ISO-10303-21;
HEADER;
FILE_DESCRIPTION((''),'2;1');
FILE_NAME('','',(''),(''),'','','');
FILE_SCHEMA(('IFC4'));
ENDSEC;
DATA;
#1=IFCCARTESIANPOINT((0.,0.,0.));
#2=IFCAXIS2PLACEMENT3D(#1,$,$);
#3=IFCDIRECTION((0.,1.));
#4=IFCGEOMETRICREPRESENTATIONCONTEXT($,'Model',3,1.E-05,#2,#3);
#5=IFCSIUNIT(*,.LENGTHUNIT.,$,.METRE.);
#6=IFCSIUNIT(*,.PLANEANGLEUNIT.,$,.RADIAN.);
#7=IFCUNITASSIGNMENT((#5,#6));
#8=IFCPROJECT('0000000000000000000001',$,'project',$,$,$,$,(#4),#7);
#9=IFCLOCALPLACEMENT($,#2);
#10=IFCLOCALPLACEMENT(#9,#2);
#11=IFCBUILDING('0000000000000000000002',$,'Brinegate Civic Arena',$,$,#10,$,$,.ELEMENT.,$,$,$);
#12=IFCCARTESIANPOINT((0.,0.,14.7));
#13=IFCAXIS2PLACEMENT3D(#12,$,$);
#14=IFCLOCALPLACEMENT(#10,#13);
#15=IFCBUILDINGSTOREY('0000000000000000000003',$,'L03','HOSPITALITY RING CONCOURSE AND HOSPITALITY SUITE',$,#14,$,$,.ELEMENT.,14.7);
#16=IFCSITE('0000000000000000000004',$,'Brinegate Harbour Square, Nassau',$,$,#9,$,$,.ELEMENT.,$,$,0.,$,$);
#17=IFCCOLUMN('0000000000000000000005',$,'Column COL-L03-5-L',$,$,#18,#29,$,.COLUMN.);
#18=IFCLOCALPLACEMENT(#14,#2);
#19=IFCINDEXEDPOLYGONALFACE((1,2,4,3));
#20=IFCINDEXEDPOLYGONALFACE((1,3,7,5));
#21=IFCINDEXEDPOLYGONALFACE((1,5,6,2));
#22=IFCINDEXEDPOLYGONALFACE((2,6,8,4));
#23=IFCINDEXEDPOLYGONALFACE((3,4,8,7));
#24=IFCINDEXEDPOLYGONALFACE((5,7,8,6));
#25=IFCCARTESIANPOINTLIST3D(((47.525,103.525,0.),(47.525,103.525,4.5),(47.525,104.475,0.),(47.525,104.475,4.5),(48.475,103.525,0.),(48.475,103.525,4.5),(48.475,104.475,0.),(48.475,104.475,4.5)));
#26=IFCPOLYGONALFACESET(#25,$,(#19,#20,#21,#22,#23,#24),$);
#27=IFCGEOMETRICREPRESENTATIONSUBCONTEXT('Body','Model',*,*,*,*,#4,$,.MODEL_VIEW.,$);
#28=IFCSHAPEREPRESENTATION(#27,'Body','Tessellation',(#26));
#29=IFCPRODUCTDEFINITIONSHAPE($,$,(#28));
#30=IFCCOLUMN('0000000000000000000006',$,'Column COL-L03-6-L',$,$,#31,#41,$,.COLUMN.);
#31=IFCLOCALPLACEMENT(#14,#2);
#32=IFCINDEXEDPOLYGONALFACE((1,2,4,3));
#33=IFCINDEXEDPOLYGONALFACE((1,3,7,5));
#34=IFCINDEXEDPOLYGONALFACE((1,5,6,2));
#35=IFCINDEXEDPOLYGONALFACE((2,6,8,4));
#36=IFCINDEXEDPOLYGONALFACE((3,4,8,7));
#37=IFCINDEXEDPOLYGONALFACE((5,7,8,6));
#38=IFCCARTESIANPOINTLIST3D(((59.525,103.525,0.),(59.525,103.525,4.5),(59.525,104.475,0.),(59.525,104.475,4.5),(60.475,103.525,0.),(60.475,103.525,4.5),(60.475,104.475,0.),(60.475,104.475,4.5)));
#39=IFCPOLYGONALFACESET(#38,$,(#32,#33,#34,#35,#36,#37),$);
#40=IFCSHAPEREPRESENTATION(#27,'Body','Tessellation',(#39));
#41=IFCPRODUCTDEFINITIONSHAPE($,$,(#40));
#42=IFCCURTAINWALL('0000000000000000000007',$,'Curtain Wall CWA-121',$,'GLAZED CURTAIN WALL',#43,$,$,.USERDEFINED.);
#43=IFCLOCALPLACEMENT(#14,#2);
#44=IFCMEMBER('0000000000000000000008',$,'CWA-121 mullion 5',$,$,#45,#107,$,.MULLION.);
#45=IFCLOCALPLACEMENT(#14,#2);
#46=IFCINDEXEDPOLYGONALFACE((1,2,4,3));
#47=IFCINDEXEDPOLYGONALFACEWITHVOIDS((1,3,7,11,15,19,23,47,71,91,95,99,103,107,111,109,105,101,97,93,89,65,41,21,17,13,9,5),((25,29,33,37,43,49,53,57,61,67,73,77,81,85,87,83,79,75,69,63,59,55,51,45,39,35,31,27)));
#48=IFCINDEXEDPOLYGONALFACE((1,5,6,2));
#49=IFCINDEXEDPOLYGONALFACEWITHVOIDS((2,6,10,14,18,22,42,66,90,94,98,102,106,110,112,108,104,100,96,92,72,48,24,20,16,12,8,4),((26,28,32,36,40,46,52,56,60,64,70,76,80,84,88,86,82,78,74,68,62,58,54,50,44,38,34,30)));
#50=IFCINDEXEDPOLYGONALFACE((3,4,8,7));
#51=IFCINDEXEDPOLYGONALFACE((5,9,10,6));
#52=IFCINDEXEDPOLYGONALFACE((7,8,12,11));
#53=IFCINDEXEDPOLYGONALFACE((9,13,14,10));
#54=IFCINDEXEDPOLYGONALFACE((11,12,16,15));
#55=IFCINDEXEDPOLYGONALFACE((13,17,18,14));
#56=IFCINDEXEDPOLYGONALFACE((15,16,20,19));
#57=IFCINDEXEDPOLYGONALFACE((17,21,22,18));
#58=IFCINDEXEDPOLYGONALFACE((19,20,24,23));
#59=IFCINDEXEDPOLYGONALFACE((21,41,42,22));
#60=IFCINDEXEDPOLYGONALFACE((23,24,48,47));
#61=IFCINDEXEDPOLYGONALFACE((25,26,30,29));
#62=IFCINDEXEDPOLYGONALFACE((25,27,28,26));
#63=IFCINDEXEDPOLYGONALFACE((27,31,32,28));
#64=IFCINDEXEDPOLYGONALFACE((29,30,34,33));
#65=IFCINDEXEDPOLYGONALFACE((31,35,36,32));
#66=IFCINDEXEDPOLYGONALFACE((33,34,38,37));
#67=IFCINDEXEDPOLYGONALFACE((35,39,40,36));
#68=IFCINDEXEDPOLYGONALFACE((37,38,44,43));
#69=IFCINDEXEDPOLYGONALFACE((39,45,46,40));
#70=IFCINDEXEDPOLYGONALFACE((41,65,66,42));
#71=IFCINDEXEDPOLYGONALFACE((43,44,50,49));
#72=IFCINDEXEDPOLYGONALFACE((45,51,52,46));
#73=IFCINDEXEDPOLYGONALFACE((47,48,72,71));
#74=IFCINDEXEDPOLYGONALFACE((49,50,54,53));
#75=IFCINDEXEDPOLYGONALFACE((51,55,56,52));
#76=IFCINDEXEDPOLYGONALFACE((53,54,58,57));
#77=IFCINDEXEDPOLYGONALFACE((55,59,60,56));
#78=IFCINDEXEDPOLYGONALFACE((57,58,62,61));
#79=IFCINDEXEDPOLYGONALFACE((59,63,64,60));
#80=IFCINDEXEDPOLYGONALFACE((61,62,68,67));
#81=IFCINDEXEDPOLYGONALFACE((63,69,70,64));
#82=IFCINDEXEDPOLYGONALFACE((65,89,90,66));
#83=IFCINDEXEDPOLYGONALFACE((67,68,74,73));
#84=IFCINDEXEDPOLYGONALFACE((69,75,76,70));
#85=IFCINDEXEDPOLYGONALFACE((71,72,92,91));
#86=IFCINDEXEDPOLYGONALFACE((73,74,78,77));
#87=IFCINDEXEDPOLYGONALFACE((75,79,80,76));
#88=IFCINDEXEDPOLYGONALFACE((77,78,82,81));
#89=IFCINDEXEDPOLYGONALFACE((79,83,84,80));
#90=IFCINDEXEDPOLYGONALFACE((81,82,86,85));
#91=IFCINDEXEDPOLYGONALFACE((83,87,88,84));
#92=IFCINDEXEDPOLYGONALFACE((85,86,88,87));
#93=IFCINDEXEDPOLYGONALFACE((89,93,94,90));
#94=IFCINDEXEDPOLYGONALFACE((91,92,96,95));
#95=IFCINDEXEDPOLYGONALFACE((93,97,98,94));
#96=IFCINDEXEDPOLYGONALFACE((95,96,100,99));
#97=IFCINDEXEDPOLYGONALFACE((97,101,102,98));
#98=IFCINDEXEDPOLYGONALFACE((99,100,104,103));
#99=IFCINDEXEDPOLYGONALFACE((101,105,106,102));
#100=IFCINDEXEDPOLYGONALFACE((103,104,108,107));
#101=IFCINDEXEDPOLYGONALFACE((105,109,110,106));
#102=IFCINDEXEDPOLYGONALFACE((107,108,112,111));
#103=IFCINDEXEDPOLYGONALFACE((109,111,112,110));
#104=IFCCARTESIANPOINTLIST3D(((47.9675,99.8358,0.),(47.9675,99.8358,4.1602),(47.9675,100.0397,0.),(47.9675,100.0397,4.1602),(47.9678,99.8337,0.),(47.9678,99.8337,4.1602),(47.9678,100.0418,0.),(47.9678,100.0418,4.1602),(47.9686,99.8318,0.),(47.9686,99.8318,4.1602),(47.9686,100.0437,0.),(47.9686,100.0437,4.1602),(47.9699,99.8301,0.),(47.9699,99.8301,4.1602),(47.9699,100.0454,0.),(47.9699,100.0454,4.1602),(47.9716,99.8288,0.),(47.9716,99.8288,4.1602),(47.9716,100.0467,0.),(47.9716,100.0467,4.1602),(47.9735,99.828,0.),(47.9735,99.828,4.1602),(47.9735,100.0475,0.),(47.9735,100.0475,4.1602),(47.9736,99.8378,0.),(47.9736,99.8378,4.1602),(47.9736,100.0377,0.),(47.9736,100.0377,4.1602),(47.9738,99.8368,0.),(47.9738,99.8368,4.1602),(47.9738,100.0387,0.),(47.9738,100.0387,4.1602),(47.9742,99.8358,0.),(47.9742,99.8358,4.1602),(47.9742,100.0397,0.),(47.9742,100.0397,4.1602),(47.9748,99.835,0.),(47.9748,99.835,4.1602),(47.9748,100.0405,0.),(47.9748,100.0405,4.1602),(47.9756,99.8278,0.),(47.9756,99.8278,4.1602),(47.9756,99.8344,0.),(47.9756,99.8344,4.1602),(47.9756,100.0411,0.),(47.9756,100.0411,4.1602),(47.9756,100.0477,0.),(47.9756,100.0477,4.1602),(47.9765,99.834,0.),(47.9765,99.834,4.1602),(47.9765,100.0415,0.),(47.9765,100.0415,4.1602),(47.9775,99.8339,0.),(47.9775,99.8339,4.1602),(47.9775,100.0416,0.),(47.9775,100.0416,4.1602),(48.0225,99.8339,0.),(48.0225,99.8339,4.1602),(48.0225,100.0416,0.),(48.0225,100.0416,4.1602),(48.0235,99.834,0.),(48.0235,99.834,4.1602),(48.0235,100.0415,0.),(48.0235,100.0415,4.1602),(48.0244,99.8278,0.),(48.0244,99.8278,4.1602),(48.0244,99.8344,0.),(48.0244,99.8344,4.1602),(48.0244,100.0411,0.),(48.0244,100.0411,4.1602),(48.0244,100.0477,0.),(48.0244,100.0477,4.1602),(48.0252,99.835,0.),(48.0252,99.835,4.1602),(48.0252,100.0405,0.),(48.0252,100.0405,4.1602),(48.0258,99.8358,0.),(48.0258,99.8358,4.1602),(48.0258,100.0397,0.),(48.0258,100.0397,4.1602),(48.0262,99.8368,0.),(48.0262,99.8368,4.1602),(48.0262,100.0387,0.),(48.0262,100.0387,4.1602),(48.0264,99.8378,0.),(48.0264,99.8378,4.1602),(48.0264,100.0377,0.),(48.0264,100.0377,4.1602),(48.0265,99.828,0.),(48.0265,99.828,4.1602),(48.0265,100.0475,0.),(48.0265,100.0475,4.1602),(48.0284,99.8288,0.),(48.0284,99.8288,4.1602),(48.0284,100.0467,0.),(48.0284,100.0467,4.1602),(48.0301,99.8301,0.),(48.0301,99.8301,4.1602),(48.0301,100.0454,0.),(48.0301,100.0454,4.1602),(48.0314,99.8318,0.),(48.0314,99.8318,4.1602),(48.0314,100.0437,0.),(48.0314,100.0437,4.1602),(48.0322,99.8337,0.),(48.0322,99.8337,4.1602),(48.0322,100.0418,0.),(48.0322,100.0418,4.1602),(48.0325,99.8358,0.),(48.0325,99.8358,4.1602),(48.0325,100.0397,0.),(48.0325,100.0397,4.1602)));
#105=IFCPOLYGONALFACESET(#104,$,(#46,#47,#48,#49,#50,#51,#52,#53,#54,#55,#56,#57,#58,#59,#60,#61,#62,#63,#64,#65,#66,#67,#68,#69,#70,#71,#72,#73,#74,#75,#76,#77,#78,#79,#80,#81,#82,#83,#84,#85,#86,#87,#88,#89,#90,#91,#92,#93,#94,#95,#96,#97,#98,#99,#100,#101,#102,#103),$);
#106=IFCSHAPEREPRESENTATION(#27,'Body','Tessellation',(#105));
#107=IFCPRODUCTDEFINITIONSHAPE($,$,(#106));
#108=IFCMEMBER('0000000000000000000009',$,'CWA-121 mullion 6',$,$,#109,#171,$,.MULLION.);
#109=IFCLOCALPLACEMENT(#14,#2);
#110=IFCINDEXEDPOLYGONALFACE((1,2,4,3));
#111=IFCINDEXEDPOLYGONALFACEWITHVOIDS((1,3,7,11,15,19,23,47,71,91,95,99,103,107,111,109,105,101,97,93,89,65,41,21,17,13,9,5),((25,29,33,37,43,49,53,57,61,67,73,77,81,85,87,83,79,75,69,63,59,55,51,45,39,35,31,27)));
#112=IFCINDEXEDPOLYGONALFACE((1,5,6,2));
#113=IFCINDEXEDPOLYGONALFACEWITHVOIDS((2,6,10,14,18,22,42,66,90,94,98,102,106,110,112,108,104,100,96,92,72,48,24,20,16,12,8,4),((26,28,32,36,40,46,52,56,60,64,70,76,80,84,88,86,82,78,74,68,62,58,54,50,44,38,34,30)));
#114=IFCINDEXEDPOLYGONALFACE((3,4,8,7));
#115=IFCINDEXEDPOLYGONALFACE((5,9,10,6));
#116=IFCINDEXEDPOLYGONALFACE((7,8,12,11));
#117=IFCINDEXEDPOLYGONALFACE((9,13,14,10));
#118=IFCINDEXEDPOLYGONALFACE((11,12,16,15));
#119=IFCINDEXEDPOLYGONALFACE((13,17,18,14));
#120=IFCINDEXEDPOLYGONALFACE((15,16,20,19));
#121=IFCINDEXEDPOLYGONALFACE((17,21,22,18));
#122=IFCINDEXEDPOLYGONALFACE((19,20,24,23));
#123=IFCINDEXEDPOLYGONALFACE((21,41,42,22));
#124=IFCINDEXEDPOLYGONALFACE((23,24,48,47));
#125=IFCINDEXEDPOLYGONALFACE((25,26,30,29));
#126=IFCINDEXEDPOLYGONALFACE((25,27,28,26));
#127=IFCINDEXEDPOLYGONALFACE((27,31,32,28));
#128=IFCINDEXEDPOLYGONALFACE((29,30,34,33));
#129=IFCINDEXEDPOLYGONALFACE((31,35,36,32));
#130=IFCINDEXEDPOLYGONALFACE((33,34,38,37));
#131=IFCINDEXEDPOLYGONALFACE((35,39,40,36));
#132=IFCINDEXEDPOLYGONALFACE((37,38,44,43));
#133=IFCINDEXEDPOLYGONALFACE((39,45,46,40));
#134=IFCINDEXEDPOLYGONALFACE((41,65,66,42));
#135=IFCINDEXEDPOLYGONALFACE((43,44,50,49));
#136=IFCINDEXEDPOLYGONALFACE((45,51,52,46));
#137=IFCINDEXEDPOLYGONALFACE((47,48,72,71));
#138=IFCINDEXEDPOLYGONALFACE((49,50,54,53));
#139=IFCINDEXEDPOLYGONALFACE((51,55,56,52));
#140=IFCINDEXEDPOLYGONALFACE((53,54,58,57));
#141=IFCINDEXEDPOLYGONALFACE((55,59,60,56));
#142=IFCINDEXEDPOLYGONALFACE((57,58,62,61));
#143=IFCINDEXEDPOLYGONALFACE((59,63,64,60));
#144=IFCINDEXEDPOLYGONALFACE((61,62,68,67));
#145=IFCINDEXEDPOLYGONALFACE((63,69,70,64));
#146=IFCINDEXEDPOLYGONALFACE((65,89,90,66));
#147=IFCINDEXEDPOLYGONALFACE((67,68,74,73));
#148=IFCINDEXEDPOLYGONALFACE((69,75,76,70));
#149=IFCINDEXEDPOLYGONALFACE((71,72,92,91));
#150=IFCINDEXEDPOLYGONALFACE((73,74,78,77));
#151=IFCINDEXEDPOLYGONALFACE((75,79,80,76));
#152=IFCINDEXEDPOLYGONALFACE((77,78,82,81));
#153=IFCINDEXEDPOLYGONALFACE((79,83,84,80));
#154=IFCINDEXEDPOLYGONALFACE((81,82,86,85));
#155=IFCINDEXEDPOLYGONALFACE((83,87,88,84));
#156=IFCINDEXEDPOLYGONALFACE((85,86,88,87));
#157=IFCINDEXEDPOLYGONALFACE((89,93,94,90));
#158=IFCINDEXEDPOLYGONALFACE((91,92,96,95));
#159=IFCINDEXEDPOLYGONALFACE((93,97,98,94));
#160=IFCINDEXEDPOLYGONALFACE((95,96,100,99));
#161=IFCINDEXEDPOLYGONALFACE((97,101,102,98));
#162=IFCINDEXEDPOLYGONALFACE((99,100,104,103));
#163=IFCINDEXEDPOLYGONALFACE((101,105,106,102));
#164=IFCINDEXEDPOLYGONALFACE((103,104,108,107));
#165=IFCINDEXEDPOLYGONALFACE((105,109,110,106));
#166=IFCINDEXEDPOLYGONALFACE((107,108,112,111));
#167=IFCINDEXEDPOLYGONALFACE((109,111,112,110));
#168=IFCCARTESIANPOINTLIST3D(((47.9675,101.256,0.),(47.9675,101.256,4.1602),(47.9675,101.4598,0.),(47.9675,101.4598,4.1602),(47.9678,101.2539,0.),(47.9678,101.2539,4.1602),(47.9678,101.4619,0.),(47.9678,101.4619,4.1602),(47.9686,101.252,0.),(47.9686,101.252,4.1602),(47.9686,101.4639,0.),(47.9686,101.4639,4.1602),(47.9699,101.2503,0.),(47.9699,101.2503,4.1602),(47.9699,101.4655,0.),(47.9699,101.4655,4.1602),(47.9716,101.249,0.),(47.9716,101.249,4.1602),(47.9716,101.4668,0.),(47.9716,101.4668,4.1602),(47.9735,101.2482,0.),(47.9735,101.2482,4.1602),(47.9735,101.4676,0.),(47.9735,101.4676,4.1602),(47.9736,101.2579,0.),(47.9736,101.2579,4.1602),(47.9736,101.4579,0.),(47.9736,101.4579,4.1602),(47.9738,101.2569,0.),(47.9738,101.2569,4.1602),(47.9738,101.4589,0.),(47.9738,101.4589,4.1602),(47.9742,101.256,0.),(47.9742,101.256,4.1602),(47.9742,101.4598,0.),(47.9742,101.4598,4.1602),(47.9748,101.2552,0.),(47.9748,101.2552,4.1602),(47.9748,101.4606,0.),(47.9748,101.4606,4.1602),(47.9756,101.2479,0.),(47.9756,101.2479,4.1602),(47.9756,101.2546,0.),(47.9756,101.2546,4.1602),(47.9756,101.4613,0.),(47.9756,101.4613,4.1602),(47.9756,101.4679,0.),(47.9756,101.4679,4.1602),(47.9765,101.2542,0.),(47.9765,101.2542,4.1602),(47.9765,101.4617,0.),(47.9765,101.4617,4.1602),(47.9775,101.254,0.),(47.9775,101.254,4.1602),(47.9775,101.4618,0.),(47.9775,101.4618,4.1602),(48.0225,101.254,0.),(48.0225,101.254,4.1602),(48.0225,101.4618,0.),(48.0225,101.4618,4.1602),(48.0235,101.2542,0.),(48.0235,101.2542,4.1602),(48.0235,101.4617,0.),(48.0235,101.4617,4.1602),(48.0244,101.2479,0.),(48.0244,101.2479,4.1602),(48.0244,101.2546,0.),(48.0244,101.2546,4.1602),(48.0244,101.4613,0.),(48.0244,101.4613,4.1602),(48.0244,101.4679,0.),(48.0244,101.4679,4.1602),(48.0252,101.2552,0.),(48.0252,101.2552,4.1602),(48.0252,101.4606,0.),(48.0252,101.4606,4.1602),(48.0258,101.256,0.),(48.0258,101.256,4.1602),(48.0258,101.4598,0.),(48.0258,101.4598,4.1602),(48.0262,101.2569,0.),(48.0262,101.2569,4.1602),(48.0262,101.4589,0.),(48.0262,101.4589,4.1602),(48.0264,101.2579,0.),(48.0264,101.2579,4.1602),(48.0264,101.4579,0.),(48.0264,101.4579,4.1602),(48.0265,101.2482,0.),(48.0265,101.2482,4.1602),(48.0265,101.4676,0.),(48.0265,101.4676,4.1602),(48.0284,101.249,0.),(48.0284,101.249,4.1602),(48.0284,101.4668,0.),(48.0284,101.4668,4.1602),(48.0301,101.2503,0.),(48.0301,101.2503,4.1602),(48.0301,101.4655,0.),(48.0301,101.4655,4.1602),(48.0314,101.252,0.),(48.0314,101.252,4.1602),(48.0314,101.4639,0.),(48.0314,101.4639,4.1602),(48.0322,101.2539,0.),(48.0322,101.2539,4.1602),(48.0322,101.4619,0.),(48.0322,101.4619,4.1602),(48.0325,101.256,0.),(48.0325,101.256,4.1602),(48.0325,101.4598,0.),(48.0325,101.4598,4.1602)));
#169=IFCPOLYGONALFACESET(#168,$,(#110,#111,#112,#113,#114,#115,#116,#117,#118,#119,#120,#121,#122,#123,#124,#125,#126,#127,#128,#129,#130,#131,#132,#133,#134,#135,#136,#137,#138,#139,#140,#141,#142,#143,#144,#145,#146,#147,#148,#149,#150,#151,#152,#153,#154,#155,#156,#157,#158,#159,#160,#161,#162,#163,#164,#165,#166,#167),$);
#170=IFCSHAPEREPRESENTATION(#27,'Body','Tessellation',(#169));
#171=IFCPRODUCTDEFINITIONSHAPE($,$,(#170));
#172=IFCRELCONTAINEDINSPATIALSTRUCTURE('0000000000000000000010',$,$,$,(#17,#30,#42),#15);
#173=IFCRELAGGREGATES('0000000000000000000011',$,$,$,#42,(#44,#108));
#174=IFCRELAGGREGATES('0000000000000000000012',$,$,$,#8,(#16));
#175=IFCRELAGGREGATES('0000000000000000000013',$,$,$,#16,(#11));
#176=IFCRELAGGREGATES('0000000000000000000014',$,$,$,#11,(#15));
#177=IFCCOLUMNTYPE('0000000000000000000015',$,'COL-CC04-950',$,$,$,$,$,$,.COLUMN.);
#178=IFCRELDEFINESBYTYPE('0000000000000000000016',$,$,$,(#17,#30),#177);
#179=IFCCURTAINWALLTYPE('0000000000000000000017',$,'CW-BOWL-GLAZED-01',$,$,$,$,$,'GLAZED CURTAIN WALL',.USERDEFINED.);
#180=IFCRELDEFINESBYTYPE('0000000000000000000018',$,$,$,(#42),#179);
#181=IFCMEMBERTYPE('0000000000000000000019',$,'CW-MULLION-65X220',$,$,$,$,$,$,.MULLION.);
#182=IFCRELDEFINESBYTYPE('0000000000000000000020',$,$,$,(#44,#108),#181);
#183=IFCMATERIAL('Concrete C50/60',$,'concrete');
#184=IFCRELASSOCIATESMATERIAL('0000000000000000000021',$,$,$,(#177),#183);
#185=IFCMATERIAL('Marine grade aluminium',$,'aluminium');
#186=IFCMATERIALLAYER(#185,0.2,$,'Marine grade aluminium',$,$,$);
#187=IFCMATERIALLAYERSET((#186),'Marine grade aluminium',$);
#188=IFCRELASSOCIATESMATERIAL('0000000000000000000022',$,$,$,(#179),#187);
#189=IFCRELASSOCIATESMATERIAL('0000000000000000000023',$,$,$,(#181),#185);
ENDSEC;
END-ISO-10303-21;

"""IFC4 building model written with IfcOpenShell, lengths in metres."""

from ifc_helpers import new_model, si_unit, direction, frame, origin, origin_2d, place, context, subcontext, project, spatial, rectangle, hollow_rectangle, extrude, material, layer, layer_set, material_profile, profile_set, type_object, element, aggregate, save


model = new_model("IFC4")

# Units and contexts
model_context = context("Model", 3, precision=1e-05, world=origin(), true_north=direction((0.0, 1.0)))
body_context = subcontext(model_context, "Body", "Model", "MODEL_VIEW")
ifc_project = project(units=[si_unit("LENGTHUNIT", "METRE"), si_unit("PLANEANGLEUNIT", "RADIAN")], contexts=[model_context])

# Site, building, storey
site_placement = place(None, origin())
site = spatial("IfcSite", under=ifc_project, at=site_placement, Name="Brinegate Harbour Square, Nassau", CompositionType="ELEMENT", RefElevation=0.0)
building_placement = place(site_placement, origin())
building = spatial("IfcBuilding", under=site, at=building_placement, Name="Brinegate Civic Arena", CompositionType="ELEMENT")
storey_placement = place(building_placement, frame((0.0, 0.0, 14.7)))
storey = spatial("IfcBuildingStorey", under=building, at=storey_placement, Name="L03", Description="HOSPITALITY RING CONCOURSE AND HOSPITALITY SUITE", CompositionType="ELEMENT", Elevation=14.7)

# Columns
ifc_material_1 = material(Name="Concrete C50/60", Category="concrete")
ifc_material_profile_1 = material_profile(ifc_material_1, rectangle(XDim=0.95, YDim=0.95, at=origin_2d()), Name="RC950X950")
ifc_profile_set_1 = profile_set([ifc_material_profile_1], Name="Concrete C50/60")
column_type = type_object("IfcColumnType", Name="COL-CC04-950", PredefinedType="COLUMN", material=ifc_profile_set_1)
for number, where, z_axis, x_axis, name in (
    (1, (48.0, 104.0, 0.0), (0.0, 0.0, 1.0), (1.0, 0.0, 0.0), "Column COL-L03-5-L"),
    (2, (60.0, 104.0, 0.0), (0.0, 0.0, 1.0), (1.0, 0.0, 0.0), "Column COL-L03-6-L"),
):
    element("IfcColumn", number, at=place(storey_placement, frame(where, z_axis=z_axis, x_axis=x_axis)), inside=storey, type_object=column_type, Name=name, PredefinedType="COLUMN", context=body_context, shape_type="SweptSolid", body=[
        extrude(rectangle(XDim=0.95, YDim=0.95, at=origin_2d()), origin(), (0.0, 0.0, 1.0), 4.5),
    ])

# Curtain wall, members
ifc_material_2 = material(Name="Marine grade aluminium", Category="aluminium")
ifc_layer_1 = layer(ifc_material_2, 0.2, Name="Marine grade aluminium")
ifc_layer_set_1 = layer_set([ifc_layer_1], Name="Marine grade aluminium")
curtain_wall_type = type_object("IfcCurtainWallType", Name="CW-BOWL-GLAZED-01", ElementType="GLAZED CURTAIN WALL", PredefinedType="USERDEFINED", material=ifc_layer_set_1)
curtain_wall_1_placement = place(storey_placement, origin())
curtain_wall_1 = element("IfcCurtainWall", 3, at=curtain_wall_1_placement, inside=storey, type_object=curtain_wall_type, Name="Curtain Wall CWA-121", ObjectType="GLAZED CURTAIN WALL", PredefinedType="USERDEFINED")
ifc_material_profile_2 = material_profile(ifc_material_2, hollow_rectangle(XDim=0.0649, YDim=0.22, WallThickness=0.0061, InnerFilletRadius=0.0039, OuterFilletRadius=0.0081, at=origin_2d()), Name="MUL65X220")
ifc_profile_set_2 = profile_set([ifc_material_profile_2], Name="Marine grade aluminium")
member_type_1 = type_object("IfcMemberType", Name="CW-MULLION-65X220", PredefinedType="MULLION", material=ifc_profile_set_2)
member_1_placement = place(storey_placement, frame((48.0, 99.9377, 0.0), z_axis=(0.0, 0.0, 1.0), x_axis=(-1.0, 0.0, 0.0)))
member_1 = element("IfcMember", 4, at=member_1_placement, type_object=member_type_1, Name="CWA-121 mullion 5", PredefinedType="MULLION", context=body_context, shape_type="SweptSolid", body=[
    extrude(hollow_rectangle(XDim=0.0649, YDim=0.22, WallThickness=0.0061, InnerFilletRadius=0.0039, OuterFilletRadius=0.0081, at=origin_2d()), origin(), (0.0, 0.0, 1.0), 4.1602),
])
member_2_placement = place(storey_placement, frame((48.0, 101.3579, 0.0), z_axis=(0.0, 0.0, 1.0), x_axis=(-1.0, 0.0, 0.0)))
member_2 = element("IfcMember", 5, at=member_2_placement, type_object=member_type_1, Name="CWA-121 mullion 6", PredefinedType="MULLION", context=body_context, shape_type="SweptSolid", body=[
    extrude(hollow_rectangle(XDim=0.0649, YDim=0.22, WallThickness=0.0061, InnerFilletRadius=0.0039, OuterFilletRadius=0.0081, at=origin_2d()), origin(), (0.0, 0.0, 1.0), 4.1602),
])

aggregate(curtain_wall_1, [member_1, member_2])

save(model, "model.ifc")
